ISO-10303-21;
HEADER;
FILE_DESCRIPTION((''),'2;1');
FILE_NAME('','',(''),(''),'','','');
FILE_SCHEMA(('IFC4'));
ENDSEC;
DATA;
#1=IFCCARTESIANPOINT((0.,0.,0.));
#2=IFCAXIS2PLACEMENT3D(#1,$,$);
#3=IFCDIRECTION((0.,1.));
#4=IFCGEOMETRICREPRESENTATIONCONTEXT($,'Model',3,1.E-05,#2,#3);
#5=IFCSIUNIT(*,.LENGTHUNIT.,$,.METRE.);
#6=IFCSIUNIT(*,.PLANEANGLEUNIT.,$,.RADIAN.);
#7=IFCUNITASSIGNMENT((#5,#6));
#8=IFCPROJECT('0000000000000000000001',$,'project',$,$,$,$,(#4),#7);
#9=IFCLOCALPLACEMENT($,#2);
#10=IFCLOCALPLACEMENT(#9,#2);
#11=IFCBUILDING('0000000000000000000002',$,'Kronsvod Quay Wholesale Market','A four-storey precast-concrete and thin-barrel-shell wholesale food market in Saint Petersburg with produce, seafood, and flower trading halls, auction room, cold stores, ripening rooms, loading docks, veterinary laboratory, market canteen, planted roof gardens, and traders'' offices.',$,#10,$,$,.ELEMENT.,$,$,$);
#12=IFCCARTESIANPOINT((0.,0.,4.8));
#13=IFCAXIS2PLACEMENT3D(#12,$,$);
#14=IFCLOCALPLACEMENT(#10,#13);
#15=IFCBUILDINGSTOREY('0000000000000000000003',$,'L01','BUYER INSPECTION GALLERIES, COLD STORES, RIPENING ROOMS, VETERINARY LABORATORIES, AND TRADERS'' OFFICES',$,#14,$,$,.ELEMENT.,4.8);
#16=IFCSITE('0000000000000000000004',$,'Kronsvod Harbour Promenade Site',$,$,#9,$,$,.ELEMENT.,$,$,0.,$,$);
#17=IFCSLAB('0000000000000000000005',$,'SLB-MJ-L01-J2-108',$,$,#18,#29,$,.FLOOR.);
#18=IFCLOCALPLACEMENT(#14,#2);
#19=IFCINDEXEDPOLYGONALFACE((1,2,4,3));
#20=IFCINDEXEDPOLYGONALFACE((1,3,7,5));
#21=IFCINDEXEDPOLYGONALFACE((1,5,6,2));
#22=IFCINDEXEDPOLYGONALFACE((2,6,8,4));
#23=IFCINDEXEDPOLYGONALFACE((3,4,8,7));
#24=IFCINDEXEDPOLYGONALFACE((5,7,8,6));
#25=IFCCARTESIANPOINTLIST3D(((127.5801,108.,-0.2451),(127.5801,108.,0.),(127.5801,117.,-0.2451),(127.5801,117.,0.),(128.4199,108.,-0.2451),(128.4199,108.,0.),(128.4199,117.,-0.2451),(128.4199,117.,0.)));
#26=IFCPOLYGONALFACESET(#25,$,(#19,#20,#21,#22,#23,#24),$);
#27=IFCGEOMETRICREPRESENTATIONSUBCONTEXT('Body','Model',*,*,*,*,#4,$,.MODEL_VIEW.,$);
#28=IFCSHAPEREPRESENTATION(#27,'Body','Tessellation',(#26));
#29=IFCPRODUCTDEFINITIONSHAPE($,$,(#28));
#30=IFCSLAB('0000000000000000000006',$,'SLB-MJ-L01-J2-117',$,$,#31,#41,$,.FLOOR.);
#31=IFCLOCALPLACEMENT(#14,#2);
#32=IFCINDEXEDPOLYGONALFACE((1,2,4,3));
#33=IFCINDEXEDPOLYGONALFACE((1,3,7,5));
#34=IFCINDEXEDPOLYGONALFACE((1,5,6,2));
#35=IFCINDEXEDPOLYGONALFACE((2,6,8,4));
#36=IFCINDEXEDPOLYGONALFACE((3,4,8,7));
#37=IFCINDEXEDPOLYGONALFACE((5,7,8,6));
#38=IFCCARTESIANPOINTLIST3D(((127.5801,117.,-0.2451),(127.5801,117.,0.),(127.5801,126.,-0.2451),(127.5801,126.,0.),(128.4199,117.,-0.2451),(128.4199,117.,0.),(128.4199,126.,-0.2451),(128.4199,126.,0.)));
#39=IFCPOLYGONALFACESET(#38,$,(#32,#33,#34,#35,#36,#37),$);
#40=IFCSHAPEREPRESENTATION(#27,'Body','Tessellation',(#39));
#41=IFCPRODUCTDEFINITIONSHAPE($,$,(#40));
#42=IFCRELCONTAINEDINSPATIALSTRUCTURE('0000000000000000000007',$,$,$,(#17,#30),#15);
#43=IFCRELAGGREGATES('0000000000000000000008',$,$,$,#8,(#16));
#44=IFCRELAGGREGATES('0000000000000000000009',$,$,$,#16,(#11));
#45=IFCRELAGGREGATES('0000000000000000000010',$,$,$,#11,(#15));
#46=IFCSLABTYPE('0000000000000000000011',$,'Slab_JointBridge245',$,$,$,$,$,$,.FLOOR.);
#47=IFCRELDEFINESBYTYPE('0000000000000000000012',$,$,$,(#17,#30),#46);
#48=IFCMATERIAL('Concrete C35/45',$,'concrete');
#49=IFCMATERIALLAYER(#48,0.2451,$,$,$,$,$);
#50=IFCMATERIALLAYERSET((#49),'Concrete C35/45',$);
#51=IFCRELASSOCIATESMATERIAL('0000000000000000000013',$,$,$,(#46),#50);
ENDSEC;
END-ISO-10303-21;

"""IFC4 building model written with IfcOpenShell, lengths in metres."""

from ifc_helpers import new_model, si_unit, direction, frame, origin, place, context, subcontext, project, spatial, polyline, outline, extrude, material, layer, layer_set, type_object, element, save


model = new_model("IFC4")

# Units and contexts
model_context = context("Model", 3, precision=1e-05, world=origin(), true_north=direction((0.0, 1.0)))
body_context = subcontext(model_context, "Body", "Model", "MODEL_VIEW")
ifc_project = project(units=[si_unit("LENGTHUNIT", "METRE"), si_unit("PLANEANGLEUNIT", "RADIAN")], contexts=[model_context])

# Site, building, storey
site_placement = place(None, origin())
site = spatial("IfcSite", under=ifc_project, at=site_placement, Name="Kronsvod Harbour Promenade Site", CompositionType="ELEMENT", RefElevation=0.0)
building_placement = place(site_placement, origin())
building = spatial("IfcBuilding", under=site, at=building_placement, Name="Kronsvod Quay Wholesale Market", Description="A four-storey precast-concrete and thin-barrel-shell wholesale food market in Saint Petersburg with produce, seafood, and flower trading halls, auction room, cold stores, ripening rooms, loading docks, veterinary laboratory, market canteen, planted roof gardens, and traders' offices.", CompositionType="ELEMENT")
storey_placement = place(building_placement, frame((0.0, 0.0, 4.8)))
storey = spatial("IfcBuildingStorey", under=building, at=storey_placement, Name="L01", Description="BUYER INSPECTION GALLERIES, COLD STORES, RIPENING ROOMS, VETERINARY LABORATORIES, AND TRADERS' OFFICES", CompositionType="ELEMENT", Elevation=4.8)

# Slabs
ifc_material_1 = material(Name="Concrete C35/45", Category="concrete")
ifc_layer_1 = layer(ifc_material_1, 0.2451)
ifc_layer_set_1 = layer_set([ifc_layer_1], Name="Concrete C35/45")
slab_type_1 = type_object("IfcSlabType", Name="Slab_JointBridge245", PredefinedType="FLOOR", material=ifc_layer_set_1)
slab_1_placement = place(storey_placement, frame((0.0, 0.0, -0.2451)))
element("IfcSlab", 1, at=slab_1_placement, inside=storey, type_object=slab_type_1, Name="SLB-MJ-L01-J2-108", PredefinedType="FLOOR", context=body_context, shape_type="SweptSolid", body=[
    extrude(outline(polyline([(127.5801, 108.0), (128.4199, 108.0), (128.4199, 117.0), (127.5801, 117.0), (127.5801, 108.0)])), origin(), (0.0, 0.0, 1.0), 0.2451),
])
slab_2_placement = place(storey_placement, frame((0.0, 0.0, -0.2451)))
element("IfcSlab", 2, at=slab_2_placement, inside=storey, type_object=slab_type_1, Name="SLB-MJ-L01-J2-117", PredefinedType="FLOOR", context=body_context, shape_type="SweptSolid", body=[
    extrude(outline(polyline([(127.5801, 117.0), (128.4199, 117.0), (128.4199, 126.0), (127.5801, 126.0), (127.5801, 117.0)])), origin(), (0.0, 0.0, 1.0), 0.2451),
])

save(model, "model.ifc")
